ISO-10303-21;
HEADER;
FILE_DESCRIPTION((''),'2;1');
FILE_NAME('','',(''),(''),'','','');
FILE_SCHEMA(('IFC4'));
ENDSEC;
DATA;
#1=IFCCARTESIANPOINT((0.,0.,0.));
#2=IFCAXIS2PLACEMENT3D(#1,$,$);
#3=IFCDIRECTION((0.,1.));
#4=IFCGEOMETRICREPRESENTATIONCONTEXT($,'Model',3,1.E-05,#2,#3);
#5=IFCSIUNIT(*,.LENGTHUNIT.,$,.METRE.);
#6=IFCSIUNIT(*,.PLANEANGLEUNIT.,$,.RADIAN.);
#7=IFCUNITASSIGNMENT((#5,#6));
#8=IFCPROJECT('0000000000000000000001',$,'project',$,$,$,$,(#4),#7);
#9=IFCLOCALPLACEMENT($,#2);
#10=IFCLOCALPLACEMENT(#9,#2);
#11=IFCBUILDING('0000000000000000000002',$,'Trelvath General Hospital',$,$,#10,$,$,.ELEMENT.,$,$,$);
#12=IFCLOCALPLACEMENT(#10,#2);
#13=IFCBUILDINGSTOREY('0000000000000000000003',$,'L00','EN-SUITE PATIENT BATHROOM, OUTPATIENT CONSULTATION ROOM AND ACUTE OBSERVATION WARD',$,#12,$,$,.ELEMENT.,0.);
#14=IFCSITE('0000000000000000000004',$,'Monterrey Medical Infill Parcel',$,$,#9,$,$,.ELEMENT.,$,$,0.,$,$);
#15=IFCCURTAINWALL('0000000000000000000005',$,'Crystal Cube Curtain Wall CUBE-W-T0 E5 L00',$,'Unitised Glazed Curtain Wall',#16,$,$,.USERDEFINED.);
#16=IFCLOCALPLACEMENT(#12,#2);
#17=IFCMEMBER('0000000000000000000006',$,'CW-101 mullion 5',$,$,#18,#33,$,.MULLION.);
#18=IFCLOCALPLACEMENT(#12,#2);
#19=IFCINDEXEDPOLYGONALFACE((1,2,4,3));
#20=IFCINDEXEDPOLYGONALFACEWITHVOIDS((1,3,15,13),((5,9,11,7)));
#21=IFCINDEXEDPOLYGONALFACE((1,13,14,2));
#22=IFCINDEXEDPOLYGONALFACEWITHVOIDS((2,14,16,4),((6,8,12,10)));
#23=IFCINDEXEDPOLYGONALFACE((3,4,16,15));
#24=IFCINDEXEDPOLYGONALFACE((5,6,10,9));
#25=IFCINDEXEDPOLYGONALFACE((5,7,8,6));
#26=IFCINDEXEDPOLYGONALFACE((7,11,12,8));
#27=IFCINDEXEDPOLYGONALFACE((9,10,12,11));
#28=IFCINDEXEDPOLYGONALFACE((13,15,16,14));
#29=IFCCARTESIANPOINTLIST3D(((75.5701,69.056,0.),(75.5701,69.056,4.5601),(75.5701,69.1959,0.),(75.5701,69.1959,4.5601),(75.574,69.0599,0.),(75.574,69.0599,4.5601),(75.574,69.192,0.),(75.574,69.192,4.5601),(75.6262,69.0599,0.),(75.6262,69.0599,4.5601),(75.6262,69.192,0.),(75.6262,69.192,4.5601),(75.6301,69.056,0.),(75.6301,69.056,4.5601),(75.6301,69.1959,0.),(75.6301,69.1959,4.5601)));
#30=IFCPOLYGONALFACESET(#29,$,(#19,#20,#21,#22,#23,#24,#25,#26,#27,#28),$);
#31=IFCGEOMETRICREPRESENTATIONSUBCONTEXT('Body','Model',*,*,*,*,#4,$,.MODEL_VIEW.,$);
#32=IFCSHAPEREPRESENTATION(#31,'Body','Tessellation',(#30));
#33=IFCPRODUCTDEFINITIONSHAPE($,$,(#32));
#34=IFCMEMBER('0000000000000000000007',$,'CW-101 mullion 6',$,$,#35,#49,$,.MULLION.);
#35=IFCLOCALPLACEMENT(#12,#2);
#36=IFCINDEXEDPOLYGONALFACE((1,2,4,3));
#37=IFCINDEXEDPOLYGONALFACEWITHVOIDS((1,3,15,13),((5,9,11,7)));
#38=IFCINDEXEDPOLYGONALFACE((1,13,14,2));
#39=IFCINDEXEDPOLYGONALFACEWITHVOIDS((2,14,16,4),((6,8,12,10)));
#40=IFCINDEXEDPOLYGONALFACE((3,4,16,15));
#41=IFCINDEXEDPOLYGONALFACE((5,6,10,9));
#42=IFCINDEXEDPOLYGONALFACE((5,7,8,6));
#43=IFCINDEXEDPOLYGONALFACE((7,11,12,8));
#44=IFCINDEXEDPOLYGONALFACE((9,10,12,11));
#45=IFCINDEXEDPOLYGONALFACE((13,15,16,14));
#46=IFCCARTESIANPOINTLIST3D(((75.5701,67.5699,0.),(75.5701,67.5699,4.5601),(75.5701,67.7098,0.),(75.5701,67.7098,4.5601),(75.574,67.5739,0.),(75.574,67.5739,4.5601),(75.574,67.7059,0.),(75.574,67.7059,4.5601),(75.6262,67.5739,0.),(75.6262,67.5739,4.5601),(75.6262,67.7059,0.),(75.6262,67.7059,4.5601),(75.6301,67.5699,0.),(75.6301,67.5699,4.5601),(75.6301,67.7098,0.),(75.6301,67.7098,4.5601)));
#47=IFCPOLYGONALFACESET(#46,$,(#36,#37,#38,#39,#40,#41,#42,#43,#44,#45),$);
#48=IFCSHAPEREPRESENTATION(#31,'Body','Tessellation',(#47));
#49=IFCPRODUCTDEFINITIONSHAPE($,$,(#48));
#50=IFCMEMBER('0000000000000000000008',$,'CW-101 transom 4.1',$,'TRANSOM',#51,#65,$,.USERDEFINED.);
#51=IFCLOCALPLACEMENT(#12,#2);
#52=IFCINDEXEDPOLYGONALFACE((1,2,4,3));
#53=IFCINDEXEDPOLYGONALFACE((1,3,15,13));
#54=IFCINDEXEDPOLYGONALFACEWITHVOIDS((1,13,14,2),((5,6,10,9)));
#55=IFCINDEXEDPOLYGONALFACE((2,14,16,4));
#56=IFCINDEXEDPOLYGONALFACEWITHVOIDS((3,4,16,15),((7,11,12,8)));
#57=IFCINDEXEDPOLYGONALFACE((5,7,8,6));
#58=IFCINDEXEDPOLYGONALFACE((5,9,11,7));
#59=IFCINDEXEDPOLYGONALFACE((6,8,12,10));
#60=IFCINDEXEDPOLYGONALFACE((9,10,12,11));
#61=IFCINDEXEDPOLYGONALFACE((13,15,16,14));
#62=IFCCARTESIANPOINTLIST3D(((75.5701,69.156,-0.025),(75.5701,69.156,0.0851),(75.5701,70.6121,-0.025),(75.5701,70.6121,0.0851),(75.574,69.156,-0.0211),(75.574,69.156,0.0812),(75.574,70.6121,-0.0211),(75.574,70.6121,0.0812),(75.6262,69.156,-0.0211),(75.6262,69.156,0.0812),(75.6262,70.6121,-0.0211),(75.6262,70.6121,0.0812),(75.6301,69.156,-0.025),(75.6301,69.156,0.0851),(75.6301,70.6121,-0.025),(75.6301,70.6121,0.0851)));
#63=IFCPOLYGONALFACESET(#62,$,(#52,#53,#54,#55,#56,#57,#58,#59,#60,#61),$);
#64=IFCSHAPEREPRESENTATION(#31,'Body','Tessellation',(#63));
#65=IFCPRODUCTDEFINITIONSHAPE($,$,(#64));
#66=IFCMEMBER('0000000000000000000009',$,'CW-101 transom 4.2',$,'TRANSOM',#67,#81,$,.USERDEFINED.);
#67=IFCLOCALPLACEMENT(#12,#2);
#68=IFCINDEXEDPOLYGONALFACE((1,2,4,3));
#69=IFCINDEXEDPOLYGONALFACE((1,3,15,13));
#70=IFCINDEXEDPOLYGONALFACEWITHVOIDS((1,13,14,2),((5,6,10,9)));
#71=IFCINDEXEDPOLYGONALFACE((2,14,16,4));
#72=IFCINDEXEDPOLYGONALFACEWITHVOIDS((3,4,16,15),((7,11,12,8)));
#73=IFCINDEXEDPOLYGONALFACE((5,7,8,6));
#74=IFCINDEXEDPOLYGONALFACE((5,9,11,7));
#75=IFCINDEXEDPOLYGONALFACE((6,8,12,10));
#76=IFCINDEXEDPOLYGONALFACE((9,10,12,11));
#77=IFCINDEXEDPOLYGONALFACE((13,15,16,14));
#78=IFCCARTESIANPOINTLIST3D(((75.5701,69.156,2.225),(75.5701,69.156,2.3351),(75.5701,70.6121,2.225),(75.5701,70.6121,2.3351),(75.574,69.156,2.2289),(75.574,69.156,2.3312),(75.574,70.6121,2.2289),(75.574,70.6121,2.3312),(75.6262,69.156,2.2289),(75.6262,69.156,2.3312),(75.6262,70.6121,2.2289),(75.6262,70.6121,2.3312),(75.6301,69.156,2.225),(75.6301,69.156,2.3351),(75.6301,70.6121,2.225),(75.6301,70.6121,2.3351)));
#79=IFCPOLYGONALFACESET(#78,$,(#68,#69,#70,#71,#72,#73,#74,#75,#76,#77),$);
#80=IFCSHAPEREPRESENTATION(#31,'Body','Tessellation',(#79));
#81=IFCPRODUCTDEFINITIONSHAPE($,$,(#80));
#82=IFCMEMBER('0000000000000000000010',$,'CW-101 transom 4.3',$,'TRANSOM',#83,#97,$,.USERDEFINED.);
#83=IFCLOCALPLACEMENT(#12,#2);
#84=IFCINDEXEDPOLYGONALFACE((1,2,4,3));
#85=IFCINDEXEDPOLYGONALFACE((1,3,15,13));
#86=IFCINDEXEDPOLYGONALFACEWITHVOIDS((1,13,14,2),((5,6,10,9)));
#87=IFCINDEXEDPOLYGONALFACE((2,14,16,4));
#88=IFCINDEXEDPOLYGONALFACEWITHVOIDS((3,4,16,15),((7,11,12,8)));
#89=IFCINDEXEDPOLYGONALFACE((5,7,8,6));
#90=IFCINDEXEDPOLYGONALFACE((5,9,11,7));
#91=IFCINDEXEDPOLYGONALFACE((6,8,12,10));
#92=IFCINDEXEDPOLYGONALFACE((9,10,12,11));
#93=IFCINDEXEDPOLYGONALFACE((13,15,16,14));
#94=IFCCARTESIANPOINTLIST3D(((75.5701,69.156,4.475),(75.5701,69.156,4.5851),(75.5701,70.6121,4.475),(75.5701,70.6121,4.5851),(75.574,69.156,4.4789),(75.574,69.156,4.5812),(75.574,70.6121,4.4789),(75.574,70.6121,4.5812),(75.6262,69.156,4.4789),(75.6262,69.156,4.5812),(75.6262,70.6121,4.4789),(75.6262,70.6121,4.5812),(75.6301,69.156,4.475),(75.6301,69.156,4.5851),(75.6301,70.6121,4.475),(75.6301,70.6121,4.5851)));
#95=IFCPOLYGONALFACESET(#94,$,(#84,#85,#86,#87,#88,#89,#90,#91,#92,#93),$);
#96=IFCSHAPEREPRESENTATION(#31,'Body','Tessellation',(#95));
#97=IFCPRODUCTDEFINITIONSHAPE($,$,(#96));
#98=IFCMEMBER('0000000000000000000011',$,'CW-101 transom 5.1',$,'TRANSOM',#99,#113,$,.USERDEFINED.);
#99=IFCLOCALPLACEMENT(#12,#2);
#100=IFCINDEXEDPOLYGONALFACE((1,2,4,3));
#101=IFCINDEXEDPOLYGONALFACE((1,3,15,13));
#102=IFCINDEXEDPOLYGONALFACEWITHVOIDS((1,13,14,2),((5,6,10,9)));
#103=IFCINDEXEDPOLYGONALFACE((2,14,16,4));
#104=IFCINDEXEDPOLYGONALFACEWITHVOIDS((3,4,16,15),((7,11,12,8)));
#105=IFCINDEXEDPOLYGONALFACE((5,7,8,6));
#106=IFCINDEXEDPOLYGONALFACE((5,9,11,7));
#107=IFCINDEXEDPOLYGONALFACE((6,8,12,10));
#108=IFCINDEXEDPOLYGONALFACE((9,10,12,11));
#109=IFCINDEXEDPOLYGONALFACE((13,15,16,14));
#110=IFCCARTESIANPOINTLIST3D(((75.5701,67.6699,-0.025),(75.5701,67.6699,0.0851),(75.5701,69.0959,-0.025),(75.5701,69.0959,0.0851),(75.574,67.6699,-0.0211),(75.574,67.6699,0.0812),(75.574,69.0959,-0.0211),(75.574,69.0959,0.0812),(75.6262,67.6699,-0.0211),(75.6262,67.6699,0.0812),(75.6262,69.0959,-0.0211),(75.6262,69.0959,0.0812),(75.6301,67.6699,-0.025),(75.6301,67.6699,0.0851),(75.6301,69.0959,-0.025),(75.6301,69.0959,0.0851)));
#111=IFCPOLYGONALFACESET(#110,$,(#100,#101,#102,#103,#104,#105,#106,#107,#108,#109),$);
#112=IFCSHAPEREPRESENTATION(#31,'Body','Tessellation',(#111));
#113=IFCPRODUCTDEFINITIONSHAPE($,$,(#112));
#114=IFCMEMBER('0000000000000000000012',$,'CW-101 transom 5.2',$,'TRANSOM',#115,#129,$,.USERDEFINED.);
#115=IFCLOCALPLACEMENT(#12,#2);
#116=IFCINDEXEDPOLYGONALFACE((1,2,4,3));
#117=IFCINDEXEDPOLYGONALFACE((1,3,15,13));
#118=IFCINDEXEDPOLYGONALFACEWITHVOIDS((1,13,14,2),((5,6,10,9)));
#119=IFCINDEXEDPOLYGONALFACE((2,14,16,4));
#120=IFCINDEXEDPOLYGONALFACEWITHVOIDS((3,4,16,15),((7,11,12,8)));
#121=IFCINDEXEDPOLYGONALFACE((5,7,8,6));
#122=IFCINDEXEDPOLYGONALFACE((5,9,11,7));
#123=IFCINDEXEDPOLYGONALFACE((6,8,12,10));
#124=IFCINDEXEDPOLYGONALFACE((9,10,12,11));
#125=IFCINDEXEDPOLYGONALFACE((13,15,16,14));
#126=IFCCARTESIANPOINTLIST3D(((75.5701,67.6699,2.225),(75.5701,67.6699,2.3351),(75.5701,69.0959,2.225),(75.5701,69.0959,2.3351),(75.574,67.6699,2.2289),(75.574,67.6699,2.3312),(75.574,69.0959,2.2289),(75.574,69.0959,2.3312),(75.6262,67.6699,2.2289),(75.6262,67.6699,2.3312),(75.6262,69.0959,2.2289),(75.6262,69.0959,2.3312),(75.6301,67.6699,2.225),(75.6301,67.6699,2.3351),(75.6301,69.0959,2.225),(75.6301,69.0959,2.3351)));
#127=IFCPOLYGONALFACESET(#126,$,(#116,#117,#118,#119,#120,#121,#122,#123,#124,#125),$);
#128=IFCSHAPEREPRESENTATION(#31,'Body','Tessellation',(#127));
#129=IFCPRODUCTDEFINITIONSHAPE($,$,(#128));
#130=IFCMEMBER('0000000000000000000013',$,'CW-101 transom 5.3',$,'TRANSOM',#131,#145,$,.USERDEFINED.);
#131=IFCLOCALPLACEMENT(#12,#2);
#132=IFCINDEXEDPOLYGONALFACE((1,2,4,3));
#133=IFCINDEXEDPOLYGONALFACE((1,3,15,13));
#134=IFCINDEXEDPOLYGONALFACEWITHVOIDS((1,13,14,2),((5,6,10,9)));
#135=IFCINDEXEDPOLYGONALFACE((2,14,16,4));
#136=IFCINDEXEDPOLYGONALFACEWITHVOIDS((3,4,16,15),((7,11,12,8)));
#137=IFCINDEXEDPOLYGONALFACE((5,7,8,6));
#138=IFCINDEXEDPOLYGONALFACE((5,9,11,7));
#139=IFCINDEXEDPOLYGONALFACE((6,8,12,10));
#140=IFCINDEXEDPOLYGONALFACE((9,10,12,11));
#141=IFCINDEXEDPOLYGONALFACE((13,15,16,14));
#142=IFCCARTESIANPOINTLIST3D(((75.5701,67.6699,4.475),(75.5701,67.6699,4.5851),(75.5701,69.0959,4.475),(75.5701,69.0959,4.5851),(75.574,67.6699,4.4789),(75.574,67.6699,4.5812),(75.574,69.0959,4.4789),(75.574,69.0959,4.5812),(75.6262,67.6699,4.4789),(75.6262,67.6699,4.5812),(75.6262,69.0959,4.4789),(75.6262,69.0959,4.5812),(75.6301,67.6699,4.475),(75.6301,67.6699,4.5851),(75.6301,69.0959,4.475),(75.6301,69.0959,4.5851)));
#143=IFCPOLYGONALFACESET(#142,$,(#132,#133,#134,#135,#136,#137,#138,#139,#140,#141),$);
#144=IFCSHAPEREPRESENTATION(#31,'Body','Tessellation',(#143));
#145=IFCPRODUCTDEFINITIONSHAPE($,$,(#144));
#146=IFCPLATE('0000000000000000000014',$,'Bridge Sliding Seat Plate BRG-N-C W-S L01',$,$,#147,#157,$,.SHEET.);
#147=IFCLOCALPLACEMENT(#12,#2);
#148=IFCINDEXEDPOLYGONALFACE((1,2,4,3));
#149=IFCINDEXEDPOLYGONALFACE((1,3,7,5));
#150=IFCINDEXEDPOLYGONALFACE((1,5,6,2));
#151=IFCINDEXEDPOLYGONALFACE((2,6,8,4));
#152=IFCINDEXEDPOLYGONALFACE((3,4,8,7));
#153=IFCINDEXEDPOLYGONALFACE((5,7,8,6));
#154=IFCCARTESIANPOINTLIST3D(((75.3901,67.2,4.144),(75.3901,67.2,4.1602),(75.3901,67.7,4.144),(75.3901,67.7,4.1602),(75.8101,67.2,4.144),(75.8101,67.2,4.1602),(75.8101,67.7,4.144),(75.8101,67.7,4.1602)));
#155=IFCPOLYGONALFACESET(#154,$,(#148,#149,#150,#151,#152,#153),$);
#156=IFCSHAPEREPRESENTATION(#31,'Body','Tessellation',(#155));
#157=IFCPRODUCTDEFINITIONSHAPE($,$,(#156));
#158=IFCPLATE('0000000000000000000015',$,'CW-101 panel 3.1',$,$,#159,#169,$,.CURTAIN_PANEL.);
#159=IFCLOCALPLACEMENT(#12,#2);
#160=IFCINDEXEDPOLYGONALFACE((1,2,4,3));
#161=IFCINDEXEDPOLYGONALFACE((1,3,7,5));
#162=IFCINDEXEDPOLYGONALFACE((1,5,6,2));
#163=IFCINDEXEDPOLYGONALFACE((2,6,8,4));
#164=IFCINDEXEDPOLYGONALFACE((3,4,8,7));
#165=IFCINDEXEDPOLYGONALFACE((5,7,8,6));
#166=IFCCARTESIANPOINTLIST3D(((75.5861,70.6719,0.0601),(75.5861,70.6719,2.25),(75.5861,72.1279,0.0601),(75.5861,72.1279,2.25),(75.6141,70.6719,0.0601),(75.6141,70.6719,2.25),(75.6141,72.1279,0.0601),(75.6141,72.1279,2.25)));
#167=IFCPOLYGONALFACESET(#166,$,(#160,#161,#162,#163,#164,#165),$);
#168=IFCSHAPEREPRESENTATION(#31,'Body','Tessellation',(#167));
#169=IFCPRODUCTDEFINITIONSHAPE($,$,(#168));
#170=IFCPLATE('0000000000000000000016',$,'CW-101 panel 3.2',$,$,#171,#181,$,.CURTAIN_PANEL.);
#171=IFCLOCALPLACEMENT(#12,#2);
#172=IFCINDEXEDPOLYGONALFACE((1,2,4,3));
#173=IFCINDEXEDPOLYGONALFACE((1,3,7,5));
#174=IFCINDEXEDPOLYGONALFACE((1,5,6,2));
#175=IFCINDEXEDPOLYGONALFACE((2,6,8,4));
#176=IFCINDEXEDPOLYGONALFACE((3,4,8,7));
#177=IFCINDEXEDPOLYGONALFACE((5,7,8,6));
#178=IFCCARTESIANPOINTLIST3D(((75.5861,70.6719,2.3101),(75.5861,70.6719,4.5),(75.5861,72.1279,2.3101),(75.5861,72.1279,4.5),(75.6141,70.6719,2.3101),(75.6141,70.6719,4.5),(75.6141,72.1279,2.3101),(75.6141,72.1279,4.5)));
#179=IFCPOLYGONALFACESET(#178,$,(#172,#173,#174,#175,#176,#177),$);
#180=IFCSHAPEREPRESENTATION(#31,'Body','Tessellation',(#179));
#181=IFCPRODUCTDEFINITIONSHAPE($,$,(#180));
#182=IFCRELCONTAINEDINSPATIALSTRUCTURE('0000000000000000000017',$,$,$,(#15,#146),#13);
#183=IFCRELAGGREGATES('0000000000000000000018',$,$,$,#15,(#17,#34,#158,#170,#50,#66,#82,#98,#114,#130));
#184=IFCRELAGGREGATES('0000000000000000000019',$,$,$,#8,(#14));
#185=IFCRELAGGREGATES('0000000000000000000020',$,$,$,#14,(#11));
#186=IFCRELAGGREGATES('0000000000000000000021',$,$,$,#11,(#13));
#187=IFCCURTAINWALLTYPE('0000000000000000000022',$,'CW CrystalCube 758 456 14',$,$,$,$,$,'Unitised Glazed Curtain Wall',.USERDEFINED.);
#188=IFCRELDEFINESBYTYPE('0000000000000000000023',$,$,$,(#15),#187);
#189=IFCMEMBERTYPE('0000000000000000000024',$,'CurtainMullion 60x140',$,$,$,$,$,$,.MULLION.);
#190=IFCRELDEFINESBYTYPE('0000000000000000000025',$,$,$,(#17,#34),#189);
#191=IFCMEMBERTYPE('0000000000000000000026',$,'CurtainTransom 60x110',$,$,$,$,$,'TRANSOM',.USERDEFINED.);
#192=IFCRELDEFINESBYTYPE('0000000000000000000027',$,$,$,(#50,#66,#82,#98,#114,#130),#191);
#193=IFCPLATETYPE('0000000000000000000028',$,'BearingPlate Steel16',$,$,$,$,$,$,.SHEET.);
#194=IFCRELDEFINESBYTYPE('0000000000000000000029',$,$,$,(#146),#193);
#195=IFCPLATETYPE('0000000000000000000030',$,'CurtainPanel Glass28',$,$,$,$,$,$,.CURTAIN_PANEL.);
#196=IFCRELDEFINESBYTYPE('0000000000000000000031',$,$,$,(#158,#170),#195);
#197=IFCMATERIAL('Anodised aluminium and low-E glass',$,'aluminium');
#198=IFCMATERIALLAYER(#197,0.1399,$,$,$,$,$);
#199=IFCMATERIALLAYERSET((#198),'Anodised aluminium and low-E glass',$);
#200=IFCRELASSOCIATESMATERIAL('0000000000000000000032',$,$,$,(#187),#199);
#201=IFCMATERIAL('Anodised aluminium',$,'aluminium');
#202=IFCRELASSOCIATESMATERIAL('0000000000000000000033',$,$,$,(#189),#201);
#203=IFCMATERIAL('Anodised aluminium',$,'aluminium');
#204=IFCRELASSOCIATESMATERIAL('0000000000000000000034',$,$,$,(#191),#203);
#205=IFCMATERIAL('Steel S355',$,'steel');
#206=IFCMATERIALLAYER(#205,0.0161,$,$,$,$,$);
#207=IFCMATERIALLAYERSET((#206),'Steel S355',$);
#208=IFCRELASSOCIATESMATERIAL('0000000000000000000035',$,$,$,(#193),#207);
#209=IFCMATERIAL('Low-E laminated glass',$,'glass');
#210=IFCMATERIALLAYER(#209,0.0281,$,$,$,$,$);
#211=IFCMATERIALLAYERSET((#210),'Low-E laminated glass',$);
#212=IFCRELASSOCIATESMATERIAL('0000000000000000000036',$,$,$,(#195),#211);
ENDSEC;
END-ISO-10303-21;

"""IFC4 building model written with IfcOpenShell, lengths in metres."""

from ifc_helpers import new_model, si_unit, direction, frame, origin, origin_2d, place, context, subcontext, project, spatial, rectangle, hollow_rectangle, extrude, material, layer, layer_set, material_profile, profile_set, type_object, element, aggregate, save


model = new_model("IFC4")

# Units and contexts
model_context = context("Model", 3, precision=1e-05, world=origin(), true_north=direction((0.0, 1.0)))
body_context = subcontext(model_context, "Body", "Model", "MODEL_VIEW")
ifc_project = project(units=[si_unit("LENGTHUNIT", "METRE"), si_unit("PLANEANGLEUNIT", "RADIAN")], contexts=[model_context])

# Site, building, storey
site_placement = place(None, origin())
site = spatial("IfcSite", under=ifc_project, at=site_placement, Name="Monterrey Medical Infill Parcel", CompositionType="ELEMENT", RefElevation=0.0)
building_placement = place(site_placement, origin())
building = spatial("IfcBuilding", under=site, at=building_placement, Name="Trelvath General Hospital", CompositionType="ELEMENT")
storey_placement = place(building_placement, origin())
storey = spatial("IfcBuildingStorey", under=building, at=storey_placement, Name="L00", Description="EN-SUITE PATIENT BATHROOM, OUTPATIENT CONSULTATION ROOM AND ACUTE OBSERVATION WARD", CompositionType="ELEMENT", Elevation=0.0)

# Curtain wall, members
ifc_material_1 = material(Name="Anodised aluminium and low-E glass", Category="aluminium")
ifc_layer_1 = layer(ifc_material_1, 0.1399)
ifc_layer_set_1 = layer_set([ifc_layer_1], Name="Anodised aluminium and low-E glass")
curtain_wall_type = type_object("IfcCurtainWallType", Name="CW CrystalCube 758 456 14", ElementType="Unitised Glazed Curtain Wall", PredefinedType="USERDEFINED", material=ifc_layer_set_1)
curtain_wall_placement = place(storey_placement, origin())
curtain_wall = element("IfcCurtainWall", 1, at=curtain_wall_placement, inside=storey, type_object=curtain_wall_type, Name="Crystal Cube Curtain Wall CUBE-W-T0 E5 L00", ObjectType="Unitised Glazed Curtain Wall", PredefinedType="USERDEFINED")
ifc_material_2 = material(Name="Anodised aluminium", Category="aluminium")
ifc_material_profile_1 = material_profile(ifc_material_2, hollow_rectangle(XDim=0.0601, YDim=0.1399, WallThickness=0.0039, at=origin_2d()), Name="RHS60x140x4")
ifc_profile_set_1 = profile_set([ifc_material_profile_1], Name="Anodised aluminium")
member_type_1 = type_object("IfcMemberType", Name="CurtainMullion 60x140", PredefinedType="MULLION", material=ifc_profile_set_1)
member_1_placement = place(storey_placement, frame((75.6001, 69.126, 0.0), z_axis=(0.0, 0.0, 1.0), x_axis=(1.0, 0.0, 0.0)))
member_1 = element("IfcMember", 2, at=member_1_placement, type_object=member_type_1, Name="CW-101 mullion 5", PredefinedType="MULLION", context=body_context, shape_type="SweptSolid", body=[
    extrude(hollow_rectangle(XDim=0.0601, YDim=0.1399, WallThickness=0.0039, at=origin_2d()), origin(), (0.0, 0.0, 1.0), 4.5601),
])
member_2_placement = place(storey_placement, frame((75.6001, 67.6399, 0.0), z_axis=(0.0, 0.0, 1.0), x_axis=(1.0, 0.0, 0.0)))
member_2 = element("IfcMember", 3, at=member_2_placement, type_object=member_type_1, Name="CW-101 mullion 6", PredefinedType="MULLION", context=body_context, shape_type="SweptSolid", body=[
    extrude(hollow_rectangle(XDim=0.0601, YDim=0.1399, WallThickness=0.0039, at=origin_2d()), origin(), (0.0, 0.0, 1.0), 4.5601),
])
ifc_material_3 = material(Name="Anodised aluminium", Category="aluminium")
ifc_material_profile_2 = material_profile(ifc_material_3, hollow_rectangle(XDim=0.0601, YDim=0.1101, WallThickness=0.0039, at=origin_2d()), Name="RHS60x110x4")
ifc_profile_set_2 = profile_set([ifc_material_profile_2], Name="Anodised aluminium")
member_type_2 = type_object("IfcMemberType", Name="CurtainTransom 60x110", ElementType="TRANSOM", PredefinedType="USERDEFINED", material=ifc_profile_set_2)
member_3_placement = place(storey_placement, frame((75.6001, 70.6121, 0.03), z_axis=(0.0, -1.0, 0.0), x_axis=(1.0, 0.0, 0.0)))
member_3 = element("IfcMember", 4, at=member_3_placement, type_object=member_type_2, Name="CW-101 transom 4.1", ObjectType="TRANSOM", PredefinedType="USERDEFINED", context=body_context, shape_type="SweptSolid", body=[
    extrude(hollow_rectangle(XDim=0.0601, YDim=0.1101, WallThickness=0.0039, at=origin_2d()), origin(), (0.0, 0.0, 1.0), 1.4561),
])
member_4_placement = place(storey_placement, frame((75.6001, 70.6121, 2.28), z_axis=(0.0, -1.0, 0.0), x_axis=(1.0, 0.0, 0.0)))
member_4 = element("IfcMember", 5, at=member_4_placement, type_object=member_type_2, Name="CW-101 transom 4.2", ObjectType="TRANSOM", PredefinedType="USERDEFINED", context=body_context, shape_type="SweptSolid", body=[
    extrude(hollow_rectangle(XDim=0.0601, YDim=0.1101, WallThickness=0.0039, at=origin_2d()), origin(), (0.0, 0.0, 1.0), 1.4561),
])
member_5_placement = place(storey_placement, frame((75.6001, 70.6121, 4.53), z_axis=(0.0, -1.0, 0.0), x_axis=(1.0, 0.0, 0.0)))
member_5 = element("IfcMember", 6, at=member_5_placement, type_object=member_type_2, Name="CW-101 transom 4.3", ObjectType="TRANSOM", PredefinedType="USERDEFINED", context=body_context, shape_type="SweptSolid", body=[
    extrude(hollow_rectangle(XDim=0.0601, YDim=0.1101, WallThickness=0.0039, at=origin_2d()), origin(), (0.0, 0.0, 1.0), 1.4561),
])
member_6_placement = place(storey_placement, frame((75.6001, 69.0959, 0.03), z_axis=(0.0, -1.0, 0.0), x_axis=(1.0, 0.0, 0.0)))
member_6 = element("IfcMember", 7, at=member_6_placement, type_object=member_type_2, Name="CW-101 transom 5.1", ObjectType="TRANSOM", PredefinedType="USERDEFINED", context=body_context, shape_type="SweptSolid", body=[
    extrude(hollow_rectangle(XDim=0.0601, YDim=0.1101, WallThickness=0.0039, at=origin_2d()), origin(), (0.0, 0.0, 1.0), 1.426),
])
member_7_placement = place(storey_placement, frame((75.6001, 69.0959, 2.28), z_axis=(0.0, -1.0, 0.0), x_axis=(1.0, 0.0, 0.0)))
member_7 = element("IfcMember", 8, at=member_7_placement, type_object=member_type_2, Name="CW-101 transom 5.2", ObjectType="TRANSOM", PredefinedType="USERDEFINED", context=body_context, shape_type="SweptSolid", body=[
    extrude(hollow_rectangle(XDim=0.0601, YDim=0.1101, WallThickness=0.0039, at=origin_2d()), origin(), (0.0, 0.0, 1.0), 1.426),
])
member_8_placement = place(storey_placement, frame((75.6001, 69.0959, 4.53), z_axis=(0.0, -1.0, 0.0), x_axis=(1.0, 0.0, 0.0)))
member_8 = element("IfcMember", 9, at=member_8_placement, type_object=member_type_2, Name="CW-101 transom 5.3", ObjectType="TRANSOM", PredefinedType="USERDEFINED", context=body_context, shape_type="SweptSolid", body=[
    extrude(hollow_rectangle(XDim=0.0601, YDim=0.1101, WallThickness=0.0039, at=origin_2d()), origin(), (0.0, 0.0, 1.0), 1.426),
])

# Plates
ifc_material_4 = material(Name="Steel S355", Category="steel")
ifc_layer_2 = layer(ifc_material_4, 0.0161)
ifc_layer_set_2 = layer_set([ifc_layer_2], Name="Steel S355")
plate_type_1 = type_object("IfcPlateType", Name="BearingPlate Steel16", PredefinedType="SHEET", material=ifc_layer_set_2)
plate_1_placement = place(storey_placement, frame((75.6001, 67.45, 4.144), z_axis=(0.0, 0.0, 1.0), x_axis=(1.0, 0.0, 0.0)))
element("IfcPlate", 10, at=plate_1_placement, inside=storey, type_object=plate_type_1, Name="Bridge Sliding Seat Plate BRG-N-C W-S L01", PredefinedType="SHEET", context=body_context, shape_type="SweptSolid", body=[
    extrude(rectangle(XDim=0.4199, YDim=0.5, at=origin_2d()), origin(), (0.0, 0.0, 1.0), 0.0161),
])
ifc_material_5 = material(Name="Low-E laminated glass", Category="glass")
ifc_layer_3 = layer(ifc_material_5, 0.0281)
ifc_layer_set_3 = layer_set([ifc_layer_3], Name="Low-E laminated glass")
plate_type_2 = type_object("IfcPlateType", Name="CurtainPanel Glass28", PredefinedType="CURTAIN_PANEL", material=ifc_layer_set_3)
plate_2_placement = place(storey_placement, frame((75.6001, 71.3999, 0.0601), z_axis=(0.0, 0.0, 1.0), x_axis=(0.0, -1.0, 0.0)))
plate_2 = element("IfcPlate", 11, at=plate_2_placement, type_object=plate_type_2, Name="CW-101 panel 3.1", PredefinedType="CURTAIN_PANEL", context=body_context, shape_type="SweptSolid", body=[
    extrude(rectangle(XDim=1.4561, YDim=0.0281, at=origin_2d()), origin(), (0.0, 0.0, 1.0), 2.1899),
])
plate_3_placement = place(storey_placement, frame((75.6001, 71.3999, 2.3101), z_axis=(0.0, 0.0, 1.0), x_axis=(0.0, -1.0, 0.0)))
plate_3 = element("IfcPlate", 12, at=plate_3_placement, type_object=plate_type_2, Name="CW-101 panel 3.2", PredefinedType="CURTAIN_PANEL", context=body_context, shape_type="SweptSolid", body=[
    extrude(rectangle(XDim=1.4561, YDim=0.0281, at=origin_2d()), origin(), (0.0, 0.0, 1.0), 2.1899),
])
aggregate(curtain_wall, [member_1, member_2, plate_2, plate_3, member_3, member_4, member_5, member_6, member_7, member_8])

save(model, "model.ifc")
